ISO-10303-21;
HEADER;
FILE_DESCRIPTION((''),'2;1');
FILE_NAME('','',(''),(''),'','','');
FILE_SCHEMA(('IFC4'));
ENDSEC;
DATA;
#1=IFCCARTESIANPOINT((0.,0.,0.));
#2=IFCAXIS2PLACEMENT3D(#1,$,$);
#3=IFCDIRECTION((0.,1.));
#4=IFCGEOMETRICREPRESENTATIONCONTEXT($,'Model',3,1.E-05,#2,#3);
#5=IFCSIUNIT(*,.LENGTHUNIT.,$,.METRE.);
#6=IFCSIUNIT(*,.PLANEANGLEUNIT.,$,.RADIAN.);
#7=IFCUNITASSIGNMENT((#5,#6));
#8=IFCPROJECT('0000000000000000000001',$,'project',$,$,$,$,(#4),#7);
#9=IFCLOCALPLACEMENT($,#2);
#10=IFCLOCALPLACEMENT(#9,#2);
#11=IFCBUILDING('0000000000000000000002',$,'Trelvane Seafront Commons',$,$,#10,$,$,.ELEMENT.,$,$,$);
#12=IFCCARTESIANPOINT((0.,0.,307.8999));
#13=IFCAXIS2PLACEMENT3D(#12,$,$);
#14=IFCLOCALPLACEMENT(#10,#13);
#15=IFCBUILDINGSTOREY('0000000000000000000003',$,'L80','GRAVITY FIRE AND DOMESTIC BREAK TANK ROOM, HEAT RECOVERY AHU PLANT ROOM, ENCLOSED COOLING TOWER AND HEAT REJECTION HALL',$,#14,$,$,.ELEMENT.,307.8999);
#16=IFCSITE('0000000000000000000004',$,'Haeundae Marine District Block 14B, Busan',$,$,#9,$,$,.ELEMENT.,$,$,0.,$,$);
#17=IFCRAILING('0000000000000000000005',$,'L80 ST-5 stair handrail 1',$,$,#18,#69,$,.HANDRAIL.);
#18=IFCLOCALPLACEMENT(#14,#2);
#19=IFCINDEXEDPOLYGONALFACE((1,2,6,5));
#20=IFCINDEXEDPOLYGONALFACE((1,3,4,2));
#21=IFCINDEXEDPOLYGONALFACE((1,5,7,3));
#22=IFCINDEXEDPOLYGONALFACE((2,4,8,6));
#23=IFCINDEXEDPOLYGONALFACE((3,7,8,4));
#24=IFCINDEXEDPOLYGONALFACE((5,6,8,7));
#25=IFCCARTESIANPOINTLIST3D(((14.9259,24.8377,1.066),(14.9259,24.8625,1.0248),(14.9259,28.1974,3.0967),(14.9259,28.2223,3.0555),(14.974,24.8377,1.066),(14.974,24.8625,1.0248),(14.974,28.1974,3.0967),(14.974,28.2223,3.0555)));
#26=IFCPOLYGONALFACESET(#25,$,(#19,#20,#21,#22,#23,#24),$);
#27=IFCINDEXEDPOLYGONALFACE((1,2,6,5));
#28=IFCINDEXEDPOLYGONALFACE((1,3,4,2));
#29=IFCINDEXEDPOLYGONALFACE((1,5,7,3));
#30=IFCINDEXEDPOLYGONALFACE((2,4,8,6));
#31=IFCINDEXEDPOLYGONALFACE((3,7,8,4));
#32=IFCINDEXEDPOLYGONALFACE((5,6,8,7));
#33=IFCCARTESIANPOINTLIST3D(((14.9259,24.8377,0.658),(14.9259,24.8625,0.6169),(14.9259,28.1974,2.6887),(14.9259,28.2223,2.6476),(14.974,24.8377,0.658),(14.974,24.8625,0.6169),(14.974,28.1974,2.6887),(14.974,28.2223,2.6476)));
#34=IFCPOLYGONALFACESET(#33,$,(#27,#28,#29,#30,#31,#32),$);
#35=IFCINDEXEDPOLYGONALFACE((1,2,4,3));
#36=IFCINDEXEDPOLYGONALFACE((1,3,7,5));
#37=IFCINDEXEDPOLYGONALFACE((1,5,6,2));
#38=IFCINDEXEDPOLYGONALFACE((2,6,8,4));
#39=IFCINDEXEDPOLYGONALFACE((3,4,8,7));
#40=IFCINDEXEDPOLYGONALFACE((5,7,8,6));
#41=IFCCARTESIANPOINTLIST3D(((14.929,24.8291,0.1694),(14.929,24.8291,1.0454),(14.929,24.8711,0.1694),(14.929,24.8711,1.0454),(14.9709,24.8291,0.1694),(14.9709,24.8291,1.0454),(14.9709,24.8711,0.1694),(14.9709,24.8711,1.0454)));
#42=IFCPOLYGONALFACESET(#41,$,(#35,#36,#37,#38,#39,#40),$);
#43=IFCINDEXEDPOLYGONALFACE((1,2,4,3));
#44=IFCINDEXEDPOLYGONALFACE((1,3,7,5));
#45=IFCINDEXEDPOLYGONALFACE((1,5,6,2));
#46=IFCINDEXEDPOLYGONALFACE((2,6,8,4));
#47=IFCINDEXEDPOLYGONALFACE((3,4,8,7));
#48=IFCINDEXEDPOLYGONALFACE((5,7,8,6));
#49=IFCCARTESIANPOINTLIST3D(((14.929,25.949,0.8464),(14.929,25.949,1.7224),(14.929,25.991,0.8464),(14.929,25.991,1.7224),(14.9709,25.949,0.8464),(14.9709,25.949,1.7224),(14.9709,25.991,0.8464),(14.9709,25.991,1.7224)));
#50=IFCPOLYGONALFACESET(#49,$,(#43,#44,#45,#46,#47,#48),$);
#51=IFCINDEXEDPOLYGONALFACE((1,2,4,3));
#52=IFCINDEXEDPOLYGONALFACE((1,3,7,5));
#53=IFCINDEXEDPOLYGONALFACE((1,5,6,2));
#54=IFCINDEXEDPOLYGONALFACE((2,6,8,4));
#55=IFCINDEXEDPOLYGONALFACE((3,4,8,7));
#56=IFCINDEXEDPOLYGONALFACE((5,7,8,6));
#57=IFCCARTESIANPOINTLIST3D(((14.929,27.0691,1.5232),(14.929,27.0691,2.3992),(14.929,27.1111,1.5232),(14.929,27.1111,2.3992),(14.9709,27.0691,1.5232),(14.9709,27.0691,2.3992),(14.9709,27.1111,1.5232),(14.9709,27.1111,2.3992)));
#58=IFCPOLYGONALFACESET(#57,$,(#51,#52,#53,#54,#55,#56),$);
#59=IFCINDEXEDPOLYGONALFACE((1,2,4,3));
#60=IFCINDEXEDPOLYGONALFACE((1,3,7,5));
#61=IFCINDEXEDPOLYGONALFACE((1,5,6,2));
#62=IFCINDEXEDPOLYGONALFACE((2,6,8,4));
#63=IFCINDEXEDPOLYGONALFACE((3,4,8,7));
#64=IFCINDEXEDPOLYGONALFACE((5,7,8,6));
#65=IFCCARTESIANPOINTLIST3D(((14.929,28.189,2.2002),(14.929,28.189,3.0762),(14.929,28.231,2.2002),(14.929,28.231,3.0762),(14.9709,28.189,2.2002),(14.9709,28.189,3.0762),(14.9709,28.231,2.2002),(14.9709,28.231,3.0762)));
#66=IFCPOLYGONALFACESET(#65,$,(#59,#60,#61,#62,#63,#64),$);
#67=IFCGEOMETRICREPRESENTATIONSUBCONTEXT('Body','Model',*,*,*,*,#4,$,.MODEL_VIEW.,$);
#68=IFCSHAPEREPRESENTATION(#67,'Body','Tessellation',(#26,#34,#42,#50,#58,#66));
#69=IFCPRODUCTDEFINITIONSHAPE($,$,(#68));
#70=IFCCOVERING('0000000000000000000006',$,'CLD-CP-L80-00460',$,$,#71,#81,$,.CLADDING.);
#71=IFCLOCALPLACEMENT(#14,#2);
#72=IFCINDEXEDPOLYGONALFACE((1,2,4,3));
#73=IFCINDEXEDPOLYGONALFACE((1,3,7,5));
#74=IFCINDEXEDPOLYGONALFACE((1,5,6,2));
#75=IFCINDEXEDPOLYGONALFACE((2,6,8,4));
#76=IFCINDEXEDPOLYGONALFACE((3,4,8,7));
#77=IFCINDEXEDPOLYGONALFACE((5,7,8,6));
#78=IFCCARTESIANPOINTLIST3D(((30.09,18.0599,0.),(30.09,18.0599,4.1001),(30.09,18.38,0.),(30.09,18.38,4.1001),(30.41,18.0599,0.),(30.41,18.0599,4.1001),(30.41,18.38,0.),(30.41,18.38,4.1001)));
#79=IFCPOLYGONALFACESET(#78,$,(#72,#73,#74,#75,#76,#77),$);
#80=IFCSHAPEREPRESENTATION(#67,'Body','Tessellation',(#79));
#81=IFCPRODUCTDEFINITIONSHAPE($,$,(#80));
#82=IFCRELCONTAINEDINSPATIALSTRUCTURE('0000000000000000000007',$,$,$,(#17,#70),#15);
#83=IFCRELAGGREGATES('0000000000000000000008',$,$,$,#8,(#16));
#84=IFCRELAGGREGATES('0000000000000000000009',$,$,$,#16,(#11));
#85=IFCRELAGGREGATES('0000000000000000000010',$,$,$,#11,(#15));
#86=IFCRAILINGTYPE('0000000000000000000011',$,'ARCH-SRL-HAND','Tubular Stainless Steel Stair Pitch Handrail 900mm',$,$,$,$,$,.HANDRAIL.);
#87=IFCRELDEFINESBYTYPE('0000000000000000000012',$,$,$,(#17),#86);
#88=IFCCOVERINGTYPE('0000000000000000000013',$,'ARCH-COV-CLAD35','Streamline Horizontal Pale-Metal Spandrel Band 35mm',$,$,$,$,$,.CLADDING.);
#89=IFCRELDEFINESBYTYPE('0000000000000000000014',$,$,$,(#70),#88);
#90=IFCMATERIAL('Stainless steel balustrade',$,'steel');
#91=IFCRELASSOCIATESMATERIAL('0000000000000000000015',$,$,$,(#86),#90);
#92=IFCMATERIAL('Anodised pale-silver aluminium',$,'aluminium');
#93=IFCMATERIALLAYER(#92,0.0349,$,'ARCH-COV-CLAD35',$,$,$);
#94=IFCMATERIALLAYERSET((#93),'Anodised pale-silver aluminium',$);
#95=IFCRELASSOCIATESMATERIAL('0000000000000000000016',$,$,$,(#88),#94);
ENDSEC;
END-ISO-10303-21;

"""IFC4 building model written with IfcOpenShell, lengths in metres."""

from ifc_helpers import new_model, si_unit, direction, frame, origin, origin_2d, place, context, subcontext, project, spatial, rectangle, extrude, source, transform, mapped, material, layer, layer_set, type_object, element, save


model = new_model("IFC4")

# Units and contexts
model_context = context("Model", 3, precision=1e-05, world=origin(), true_north=direction((0.0, 1.0)))
body_context = subcontext(model_context, "Body", "Model", "MODEL_VIEW")
ifc_project = project(units=[si_unit("LENGTHUNIT", "METRE"), si_unit("PLANEANGLEUNIT", "RADIAN")], contexts=[model_context])

# Site, building, storey
site_placement = place(None, origin())
site = spatial("IfcSite", under=ifc_project, at=site_placement, Name="Haeundae Marine District Block 14B, Busan", CompositionType="ELEMENT", RefElevation=0.0)
building_placement = place(site_placement, origin())
building = spatial("IfcBuilding", under=site, at=building_placement, Name="Trelvane Seafront Commons", CompositionType="ELEMENT")
storey_placement = place(building_placement, frame((0.0, 0.0, 307.8999)))
storey = spatial("IfcBuildingStorey", under=building, at=storey_placement, Name="L80", Description="GRAVITY FIRE AND DOMESTIC BREAK TANK ROOM, HEAT RECOVERY AHU PLANT ROOM, ENCLOSED COOLING TOWER AND HEAT REJECTION HALL", CompositionType="ELEMENT", Elevation=307.8999)

# Shared definitions
ifc_material_1 = material(Name="Anodised pale-silver aluminium", Category="aluminium")

# Railing
ifc_material_2 = material(Name="Stainless steel balustrade", Category="steel")
railing_type_1 = type_object("IfcRailingType", Name="ARCH-SRL-HAND", Description="Tubular Stainless Steel Stair Pitch Handrail 900mm", PredefinedType="HANDRAIL", material=ifc_material_2)
railing_1_placement = place(storey_placement, frame((14.95, 24.8501, 0.1694)))
element("IfcRailing", 1, at=railing_1_placement, inside=storey, type_object=railing_type_1, Name="L80 ST-5 stair handrail 1", PredefinedType="HANDRAIL", context=body_context, shape_type="SweptSolid", body=[
    extrude(rectangle(XDim=0.0481, YDim=0.0481, at=origin_2d()), frame((0.0, 0.0, 0.876), z_axis=(0.0, 0.85582, 0.517273), x_axis=(-1.0, 0.0, 0.0)), (0.0, 0.0, 1.0), 3.9258),
    extrude(rectangle(XDim=0.0481, YDim=0.0481, at=origin_2d()), frame((0.0, 0.0, 0.468), z_axis=(0.0, 0.85582, 0.517273), x_axis=(-1.0, 0.0, 0.0)), (0.0, 0.0, 1.0), 3.9258),
    extrude(rectangle(XDim=0.042, YDim=0.042, at=origin_2d()), origin(), (0.0, 0.0, 1.0), 0.876),
    extrude(rectangle(XDim=0.042, YDim=0.042, at=origin_2d()), frame((0.0, 1.1199, 0.677)), (0.0, 0.0, 1.0), 0.876),
    extrude(rectangle(XDim=0.042, YDim=0.042, at=origin_2d()), frame((0.0, 2.24, 1.3538)), (0.0, 0.0, 1.0), 0.876),
    extrude(rectangle(XDim=0.042, YDim=0.042, at=origin_2d()), frame((0.0, 3.3599, 2.0308)), (0.0, 0.0, 1.0), 0.876),
])

# Covering
ifc_layer_1 = layer(ifc_material_1, 0.0349, Name="ARCH-COV-CLAD35")
ifc_layer_set_1 = layer_set([ifc_layer_1], Name="Anodised pale-silver aluminium")
covering_type = type_object("IfcCoveringType", Name="ARCH-COV-CLAD35", Description="Streamline Horizontal Pale-Metal Spandrel Band 35mm", PredefinedType="CLADDING", material=ifc_layer_set_1)
shared_shape_1 = source(origin(), body_context, "Body", "SweptSolid", [
    extrude(rectangle(XDim=0.3201, YDim=0.3201, at=origin_2d()), origin(), (0.0, 0.0, 1.0), 4.1001),
])
covering_placement = place(storey_placement, frame((30.25, 18.22, 0.0), z_axis=(0.0, 0.0, 1.0), x_axis=(1.0, 0.0, 0.0)))
element("IfcCovering", 2, at=covering_placement, inside=storey, type_object=covering_type, Name="CLD-CP-L80-00460", PredefinedType="CLADDING", context=body_context, shape_type="MappedRepresentation", body=[
    mapped(shared_shape_1, transform((0.0, 0.0, 0.0), x_axis=(1.0, 0.0, 0.0), y_axis=(0.0, 1.0, 0.0), z_axis=(0.0, 0.0, 1.0), scale=1.0)),
])

save(model, "model.ifc")
